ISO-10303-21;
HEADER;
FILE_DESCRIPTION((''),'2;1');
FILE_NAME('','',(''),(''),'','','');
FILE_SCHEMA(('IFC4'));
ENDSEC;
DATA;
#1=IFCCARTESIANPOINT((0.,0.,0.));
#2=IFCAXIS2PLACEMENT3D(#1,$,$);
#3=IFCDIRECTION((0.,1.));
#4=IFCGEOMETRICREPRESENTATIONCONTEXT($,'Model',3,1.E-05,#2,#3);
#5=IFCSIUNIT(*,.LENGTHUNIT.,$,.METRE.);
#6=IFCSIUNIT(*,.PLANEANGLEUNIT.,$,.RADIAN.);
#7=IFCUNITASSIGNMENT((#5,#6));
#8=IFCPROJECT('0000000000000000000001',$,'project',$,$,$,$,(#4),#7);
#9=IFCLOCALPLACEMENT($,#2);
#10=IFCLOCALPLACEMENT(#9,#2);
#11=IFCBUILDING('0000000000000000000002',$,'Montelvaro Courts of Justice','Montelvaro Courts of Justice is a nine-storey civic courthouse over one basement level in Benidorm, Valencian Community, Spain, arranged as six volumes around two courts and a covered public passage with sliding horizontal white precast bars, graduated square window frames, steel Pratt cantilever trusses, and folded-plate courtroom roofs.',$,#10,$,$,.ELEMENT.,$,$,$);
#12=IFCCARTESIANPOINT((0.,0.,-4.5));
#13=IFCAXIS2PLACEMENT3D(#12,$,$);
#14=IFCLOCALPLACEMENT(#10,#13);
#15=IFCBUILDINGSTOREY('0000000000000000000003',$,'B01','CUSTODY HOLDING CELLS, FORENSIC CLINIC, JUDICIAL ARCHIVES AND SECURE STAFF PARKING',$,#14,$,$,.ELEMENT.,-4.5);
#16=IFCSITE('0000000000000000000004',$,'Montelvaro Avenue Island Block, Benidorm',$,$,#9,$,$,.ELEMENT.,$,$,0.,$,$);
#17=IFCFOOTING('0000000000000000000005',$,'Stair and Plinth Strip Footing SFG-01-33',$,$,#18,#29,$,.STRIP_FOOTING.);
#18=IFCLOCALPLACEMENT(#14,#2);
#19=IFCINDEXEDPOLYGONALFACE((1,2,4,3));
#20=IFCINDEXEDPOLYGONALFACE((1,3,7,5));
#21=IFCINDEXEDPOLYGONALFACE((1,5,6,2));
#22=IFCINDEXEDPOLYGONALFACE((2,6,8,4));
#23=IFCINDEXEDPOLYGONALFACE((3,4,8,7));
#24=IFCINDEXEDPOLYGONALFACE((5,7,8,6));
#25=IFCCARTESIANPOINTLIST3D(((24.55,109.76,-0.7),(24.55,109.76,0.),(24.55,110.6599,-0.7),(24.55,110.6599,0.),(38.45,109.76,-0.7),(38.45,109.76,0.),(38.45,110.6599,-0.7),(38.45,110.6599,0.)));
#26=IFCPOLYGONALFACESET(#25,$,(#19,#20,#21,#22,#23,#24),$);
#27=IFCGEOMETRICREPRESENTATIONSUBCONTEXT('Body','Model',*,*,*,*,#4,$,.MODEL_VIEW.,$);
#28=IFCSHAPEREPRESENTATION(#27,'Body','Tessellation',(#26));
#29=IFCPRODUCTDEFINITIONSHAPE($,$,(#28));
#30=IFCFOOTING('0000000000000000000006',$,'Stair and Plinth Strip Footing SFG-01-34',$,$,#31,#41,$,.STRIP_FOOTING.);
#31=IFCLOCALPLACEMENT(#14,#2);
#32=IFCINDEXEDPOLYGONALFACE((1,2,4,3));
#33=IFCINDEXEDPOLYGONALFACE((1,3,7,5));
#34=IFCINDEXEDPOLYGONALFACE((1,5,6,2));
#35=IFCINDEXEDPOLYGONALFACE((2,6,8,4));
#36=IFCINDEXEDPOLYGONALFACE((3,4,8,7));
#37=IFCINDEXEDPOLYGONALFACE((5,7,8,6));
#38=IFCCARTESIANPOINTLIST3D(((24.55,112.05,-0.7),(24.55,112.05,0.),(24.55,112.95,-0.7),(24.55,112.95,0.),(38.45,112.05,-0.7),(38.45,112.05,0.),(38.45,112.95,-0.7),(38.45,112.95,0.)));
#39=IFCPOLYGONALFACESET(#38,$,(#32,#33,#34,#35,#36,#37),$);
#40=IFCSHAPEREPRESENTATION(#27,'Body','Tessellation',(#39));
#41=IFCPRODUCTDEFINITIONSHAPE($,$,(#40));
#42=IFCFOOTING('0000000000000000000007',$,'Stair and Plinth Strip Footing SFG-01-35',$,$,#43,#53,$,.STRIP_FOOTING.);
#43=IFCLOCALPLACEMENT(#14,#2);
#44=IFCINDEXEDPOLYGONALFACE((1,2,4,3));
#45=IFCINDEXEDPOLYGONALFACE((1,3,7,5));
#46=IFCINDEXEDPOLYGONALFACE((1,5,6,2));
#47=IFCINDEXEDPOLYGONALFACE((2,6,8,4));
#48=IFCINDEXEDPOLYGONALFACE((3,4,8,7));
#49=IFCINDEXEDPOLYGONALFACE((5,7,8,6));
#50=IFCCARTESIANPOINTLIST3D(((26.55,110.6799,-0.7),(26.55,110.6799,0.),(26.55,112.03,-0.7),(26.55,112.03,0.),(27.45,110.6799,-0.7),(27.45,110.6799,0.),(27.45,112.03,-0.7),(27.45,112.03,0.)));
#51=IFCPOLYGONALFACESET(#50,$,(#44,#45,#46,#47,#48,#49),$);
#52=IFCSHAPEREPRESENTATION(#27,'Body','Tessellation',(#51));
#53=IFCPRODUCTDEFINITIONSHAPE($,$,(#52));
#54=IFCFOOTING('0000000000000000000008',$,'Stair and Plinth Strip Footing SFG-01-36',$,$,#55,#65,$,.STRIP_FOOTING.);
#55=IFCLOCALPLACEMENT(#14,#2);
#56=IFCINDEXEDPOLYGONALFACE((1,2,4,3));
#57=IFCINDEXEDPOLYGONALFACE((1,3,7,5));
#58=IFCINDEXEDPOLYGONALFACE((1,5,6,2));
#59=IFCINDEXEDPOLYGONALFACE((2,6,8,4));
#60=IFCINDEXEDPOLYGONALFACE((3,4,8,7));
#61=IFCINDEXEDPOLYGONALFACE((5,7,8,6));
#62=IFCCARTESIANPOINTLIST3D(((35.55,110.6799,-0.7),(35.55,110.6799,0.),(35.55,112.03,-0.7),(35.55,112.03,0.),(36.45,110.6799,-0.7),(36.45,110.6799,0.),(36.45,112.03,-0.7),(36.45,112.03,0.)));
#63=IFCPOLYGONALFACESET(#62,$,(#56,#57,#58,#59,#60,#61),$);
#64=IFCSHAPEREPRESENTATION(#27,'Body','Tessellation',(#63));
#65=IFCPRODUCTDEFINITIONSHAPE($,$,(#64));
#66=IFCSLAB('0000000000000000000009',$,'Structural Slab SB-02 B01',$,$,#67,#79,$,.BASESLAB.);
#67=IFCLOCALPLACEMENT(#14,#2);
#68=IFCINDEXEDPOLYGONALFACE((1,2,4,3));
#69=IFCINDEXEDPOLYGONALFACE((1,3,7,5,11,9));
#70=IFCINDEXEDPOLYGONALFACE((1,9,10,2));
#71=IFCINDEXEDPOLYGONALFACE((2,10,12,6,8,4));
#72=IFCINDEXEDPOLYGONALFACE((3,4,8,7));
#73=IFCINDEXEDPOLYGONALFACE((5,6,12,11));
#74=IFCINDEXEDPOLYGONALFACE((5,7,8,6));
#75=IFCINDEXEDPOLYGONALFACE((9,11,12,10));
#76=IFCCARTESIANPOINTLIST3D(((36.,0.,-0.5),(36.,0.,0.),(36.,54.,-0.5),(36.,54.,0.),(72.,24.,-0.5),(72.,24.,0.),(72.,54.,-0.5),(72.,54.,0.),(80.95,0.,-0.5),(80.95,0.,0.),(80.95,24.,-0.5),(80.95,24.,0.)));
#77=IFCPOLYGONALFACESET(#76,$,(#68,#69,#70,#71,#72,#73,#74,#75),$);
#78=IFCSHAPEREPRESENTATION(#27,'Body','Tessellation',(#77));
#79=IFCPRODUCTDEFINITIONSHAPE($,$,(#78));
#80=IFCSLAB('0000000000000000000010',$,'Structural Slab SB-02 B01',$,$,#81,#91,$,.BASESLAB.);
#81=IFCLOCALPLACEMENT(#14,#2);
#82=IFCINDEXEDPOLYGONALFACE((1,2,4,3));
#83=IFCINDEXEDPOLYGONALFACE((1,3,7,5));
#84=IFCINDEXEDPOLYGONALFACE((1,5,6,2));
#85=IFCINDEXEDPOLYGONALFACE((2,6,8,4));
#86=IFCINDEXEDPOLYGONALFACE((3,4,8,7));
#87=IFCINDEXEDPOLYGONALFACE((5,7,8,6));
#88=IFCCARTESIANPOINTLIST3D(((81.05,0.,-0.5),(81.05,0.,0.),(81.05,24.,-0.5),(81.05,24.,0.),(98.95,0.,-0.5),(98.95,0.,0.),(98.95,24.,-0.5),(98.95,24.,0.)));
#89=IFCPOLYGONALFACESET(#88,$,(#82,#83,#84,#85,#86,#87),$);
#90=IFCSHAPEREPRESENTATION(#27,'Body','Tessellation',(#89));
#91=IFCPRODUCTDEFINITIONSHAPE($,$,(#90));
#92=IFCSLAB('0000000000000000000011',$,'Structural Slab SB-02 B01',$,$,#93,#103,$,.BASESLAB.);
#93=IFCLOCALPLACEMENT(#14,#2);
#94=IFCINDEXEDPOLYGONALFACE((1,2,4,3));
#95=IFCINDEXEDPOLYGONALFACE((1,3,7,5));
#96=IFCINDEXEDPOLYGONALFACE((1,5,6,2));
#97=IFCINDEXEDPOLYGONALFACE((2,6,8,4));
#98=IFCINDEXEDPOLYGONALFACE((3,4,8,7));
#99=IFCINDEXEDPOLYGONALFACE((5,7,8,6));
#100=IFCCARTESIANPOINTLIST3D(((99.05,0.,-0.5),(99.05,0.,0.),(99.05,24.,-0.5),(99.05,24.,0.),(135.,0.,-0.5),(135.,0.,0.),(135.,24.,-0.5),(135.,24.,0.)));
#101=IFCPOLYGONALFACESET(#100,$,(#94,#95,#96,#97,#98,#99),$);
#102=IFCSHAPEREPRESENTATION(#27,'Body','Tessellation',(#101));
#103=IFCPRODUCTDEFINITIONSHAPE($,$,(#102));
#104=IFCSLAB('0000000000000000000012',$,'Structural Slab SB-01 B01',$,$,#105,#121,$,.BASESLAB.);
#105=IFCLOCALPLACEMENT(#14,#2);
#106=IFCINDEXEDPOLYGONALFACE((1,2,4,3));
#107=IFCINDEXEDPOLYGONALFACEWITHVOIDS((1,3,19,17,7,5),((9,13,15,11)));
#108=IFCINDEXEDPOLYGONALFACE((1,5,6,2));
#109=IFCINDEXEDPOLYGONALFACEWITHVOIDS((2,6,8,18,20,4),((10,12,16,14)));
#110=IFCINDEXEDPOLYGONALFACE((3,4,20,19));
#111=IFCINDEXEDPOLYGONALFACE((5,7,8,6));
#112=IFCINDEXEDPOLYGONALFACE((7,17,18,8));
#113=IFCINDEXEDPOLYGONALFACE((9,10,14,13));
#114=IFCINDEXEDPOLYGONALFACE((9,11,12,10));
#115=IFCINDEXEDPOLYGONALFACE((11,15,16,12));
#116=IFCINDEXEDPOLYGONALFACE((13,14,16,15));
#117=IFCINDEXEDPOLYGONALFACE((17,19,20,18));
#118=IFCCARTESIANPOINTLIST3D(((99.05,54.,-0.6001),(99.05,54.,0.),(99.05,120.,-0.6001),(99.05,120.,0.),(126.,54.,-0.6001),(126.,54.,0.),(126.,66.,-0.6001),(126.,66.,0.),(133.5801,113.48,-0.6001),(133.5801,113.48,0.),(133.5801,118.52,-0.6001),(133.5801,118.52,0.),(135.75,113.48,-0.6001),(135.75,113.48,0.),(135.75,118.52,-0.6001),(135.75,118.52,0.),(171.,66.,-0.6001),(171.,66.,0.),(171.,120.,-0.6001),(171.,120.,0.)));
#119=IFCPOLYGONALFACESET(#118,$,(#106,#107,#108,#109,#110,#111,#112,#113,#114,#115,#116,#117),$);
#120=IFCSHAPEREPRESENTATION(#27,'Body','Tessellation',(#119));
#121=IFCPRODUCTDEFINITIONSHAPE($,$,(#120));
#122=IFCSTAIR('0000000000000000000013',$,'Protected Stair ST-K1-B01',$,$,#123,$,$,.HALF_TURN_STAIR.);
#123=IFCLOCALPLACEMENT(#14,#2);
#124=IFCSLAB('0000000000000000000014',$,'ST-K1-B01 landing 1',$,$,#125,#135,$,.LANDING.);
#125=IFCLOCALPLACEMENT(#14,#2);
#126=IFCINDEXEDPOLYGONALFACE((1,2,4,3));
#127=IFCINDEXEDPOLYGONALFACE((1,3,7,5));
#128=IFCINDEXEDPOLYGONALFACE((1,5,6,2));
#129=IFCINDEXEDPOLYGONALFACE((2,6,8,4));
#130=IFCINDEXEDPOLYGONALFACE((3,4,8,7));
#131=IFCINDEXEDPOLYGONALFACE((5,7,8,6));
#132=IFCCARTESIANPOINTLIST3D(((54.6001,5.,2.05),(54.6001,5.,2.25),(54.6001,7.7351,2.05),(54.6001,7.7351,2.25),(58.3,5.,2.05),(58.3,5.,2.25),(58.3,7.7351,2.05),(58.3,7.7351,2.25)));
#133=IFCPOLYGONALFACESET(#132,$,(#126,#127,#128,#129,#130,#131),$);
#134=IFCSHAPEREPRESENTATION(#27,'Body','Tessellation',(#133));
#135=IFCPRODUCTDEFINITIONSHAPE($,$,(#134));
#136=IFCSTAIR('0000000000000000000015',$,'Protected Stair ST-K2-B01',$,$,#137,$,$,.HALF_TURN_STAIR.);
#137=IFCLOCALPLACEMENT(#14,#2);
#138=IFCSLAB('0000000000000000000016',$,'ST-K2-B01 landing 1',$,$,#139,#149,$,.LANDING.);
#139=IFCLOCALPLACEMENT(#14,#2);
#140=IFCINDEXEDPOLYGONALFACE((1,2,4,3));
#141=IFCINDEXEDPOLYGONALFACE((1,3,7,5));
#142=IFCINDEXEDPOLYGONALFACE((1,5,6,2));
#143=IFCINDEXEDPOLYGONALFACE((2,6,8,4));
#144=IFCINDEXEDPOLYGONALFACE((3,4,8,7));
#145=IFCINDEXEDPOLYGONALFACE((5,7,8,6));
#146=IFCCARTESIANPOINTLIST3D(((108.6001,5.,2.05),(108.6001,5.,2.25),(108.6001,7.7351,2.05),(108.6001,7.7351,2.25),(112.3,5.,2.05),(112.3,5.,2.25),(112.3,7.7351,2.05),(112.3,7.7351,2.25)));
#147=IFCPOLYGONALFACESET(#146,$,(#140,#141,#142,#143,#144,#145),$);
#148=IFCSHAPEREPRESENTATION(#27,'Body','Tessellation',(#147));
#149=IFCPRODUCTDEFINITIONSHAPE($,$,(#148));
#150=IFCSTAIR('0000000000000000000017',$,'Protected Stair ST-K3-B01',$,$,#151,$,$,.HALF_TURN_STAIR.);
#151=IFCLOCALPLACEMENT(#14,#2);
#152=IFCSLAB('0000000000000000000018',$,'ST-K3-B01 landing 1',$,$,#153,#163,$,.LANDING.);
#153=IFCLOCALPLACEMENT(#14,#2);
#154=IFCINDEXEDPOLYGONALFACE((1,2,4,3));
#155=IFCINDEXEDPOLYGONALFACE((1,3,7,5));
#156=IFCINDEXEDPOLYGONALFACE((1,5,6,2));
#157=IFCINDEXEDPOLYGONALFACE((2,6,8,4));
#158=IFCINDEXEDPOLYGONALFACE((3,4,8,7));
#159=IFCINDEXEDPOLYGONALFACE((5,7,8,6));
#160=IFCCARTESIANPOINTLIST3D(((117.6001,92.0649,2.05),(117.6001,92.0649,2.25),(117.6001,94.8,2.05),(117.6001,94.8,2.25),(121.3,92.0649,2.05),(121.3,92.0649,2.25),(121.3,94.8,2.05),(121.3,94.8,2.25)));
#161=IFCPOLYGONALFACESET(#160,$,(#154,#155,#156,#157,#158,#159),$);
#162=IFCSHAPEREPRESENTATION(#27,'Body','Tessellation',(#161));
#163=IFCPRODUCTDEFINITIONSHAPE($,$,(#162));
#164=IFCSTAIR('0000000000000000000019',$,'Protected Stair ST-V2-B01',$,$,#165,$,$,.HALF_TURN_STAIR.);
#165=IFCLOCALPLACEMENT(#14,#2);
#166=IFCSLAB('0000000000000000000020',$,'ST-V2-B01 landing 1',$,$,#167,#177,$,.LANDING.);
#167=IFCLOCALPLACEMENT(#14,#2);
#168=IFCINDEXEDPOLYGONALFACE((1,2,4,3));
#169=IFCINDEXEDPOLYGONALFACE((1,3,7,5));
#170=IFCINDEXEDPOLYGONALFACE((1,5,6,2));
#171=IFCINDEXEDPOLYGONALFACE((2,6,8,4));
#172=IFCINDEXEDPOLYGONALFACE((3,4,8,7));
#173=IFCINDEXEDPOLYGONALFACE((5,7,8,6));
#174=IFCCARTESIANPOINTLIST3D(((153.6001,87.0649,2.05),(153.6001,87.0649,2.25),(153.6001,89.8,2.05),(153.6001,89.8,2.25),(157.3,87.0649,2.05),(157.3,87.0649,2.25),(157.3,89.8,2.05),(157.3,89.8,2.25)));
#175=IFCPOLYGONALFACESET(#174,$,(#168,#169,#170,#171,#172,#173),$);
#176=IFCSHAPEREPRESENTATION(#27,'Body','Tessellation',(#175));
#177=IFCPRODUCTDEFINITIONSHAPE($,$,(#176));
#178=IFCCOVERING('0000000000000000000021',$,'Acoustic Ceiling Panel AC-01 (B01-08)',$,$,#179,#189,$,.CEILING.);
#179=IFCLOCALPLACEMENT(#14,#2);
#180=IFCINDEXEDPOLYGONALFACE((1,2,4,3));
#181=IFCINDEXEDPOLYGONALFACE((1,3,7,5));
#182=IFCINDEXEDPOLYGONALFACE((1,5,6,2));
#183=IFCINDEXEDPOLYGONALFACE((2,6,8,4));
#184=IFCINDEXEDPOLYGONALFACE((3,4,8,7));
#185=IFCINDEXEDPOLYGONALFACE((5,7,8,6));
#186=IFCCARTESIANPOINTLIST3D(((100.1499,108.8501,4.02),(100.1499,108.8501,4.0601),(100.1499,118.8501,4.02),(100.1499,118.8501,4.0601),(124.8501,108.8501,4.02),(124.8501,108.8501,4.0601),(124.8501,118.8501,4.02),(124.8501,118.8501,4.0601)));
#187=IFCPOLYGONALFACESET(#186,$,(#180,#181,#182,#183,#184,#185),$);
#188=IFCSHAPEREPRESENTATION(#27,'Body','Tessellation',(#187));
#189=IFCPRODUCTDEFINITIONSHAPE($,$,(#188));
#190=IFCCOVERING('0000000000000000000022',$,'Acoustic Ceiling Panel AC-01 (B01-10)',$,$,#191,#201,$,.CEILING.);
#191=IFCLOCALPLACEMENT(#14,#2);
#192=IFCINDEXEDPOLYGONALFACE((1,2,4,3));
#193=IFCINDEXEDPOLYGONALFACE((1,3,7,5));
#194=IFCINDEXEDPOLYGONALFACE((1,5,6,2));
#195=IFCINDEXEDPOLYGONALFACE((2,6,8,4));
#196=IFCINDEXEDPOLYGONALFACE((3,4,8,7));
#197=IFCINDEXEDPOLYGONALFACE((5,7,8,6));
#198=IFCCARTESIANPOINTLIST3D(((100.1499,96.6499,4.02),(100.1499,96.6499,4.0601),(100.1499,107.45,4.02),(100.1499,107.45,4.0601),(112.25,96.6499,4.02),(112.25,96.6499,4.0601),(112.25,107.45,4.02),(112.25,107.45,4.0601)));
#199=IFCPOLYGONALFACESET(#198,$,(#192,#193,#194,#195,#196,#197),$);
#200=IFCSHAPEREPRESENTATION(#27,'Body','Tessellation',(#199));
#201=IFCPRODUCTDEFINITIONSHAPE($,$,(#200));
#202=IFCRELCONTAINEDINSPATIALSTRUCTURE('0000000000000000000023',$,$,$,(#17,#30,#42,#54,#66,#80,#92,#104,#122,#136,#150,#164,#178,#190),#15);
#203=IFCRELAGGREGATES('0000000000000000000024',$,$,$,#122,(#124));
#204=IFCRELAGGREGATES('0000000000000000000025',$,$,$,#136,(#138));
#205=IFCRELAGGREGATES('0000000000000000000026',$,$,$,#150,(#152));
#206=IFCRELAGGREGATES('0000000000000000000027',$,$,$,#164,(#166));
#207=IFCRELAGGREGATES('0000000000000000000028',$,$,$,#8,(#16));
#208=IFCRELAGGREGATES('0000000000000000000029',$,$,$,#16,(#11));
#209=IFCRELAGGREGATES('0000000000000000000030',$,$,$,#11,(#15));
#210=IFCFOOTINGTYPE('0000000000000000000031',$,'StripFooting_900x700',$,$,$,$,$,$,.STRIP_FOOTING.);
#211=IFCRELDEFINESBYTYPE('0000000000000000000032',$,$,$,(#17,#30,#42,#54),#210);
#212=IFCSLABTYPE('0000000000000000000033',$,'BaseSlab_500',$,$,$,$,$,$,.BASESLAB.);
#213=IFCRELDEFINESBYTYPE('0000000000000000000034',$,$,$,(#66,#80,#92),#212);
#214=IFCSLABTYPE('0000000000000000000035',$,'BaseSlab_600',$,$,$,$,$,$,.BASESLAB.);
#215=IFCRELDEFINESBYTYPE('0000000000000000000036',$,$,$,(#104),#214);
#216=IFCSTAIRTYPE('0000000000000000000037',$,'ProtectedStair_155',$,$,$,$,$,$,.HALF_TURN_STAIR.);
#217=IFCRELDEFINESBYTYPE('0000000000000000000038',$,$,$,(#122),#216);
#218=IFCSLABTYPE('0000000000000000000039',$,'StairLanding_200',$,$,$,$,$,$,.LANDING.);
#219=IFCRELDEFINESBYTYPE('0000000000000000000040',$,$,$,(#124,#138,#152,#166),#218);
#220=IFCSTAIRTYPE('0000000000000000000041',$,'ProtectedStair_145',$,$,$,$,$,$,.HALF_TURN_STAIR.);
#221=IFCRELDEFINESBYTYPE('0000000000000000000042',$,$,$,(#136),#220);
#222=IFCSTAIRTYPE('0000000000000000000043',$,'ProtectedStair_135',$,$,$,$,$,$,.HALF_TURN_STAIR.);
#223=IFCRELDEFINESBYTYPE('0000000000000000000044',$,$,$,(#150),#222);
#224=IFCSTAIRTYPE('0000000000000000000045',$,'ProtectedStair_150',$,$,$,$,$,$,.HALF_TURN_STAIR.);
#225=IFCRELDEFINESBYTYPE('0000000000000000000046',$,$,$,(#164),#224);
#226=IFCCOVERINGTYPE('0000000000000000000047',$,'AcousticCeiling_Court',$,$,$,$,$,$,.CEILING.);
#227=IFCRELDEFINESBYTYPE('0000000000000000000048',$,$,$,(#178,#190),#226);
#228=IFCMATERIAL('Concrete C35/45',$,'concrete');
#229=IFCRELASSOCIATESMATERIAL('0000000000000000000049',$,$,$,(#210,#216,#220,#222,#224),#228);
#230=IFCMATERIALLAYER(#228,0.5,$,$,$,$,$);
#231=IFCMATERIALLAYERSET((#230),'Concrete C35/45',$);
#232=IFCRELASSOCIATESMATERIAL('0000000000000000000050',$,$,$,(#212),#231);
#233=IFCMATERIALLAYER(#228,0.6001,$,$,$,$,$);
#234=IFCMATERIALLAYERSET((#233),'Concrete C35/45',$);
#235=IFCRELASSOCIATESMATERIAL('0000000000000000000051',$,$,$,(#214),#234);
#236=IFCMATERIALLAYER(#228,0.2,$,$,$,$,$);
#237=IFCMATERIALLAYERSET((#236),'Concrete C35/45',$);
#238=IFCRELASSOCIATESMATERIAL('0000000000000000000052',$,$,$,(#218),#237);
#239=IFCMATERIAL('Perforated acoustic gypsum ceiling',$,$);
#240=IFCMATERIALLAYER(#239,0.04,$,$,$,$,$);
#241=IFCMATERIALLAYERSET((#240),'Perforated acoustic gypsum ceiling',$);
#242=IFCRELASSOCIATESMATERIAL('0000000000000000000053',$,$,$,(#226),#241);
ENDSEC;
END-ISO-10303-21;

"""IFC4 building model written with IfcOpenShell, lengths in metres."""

from ifc_helpers import new_model, si_unit, direction, frame, origin, place, context, subcontext, project, spatial, polyline, outline, extrude, material, layer, layer_set, type_object, element, aggregate, save


model = new_model("IFC4")

# Units and contexts
model_context = context("Model", 3, precision=1e-05, world=origin(), true_north=direction((0.0, 1.0)))
body_context = subcontext(model_context, "Body", "Model", "MODEL_VIEW")
ifc_project = project(units=[si_unit("LENGTHUNIT", "METRE"), si_unit("PLANEANGLEUNIT", "RADIAN")], contexts=[model_context])

# Site, building, storey
site_placement = place(None, origin())
site = spatial("IfcSite", under=ifc_project, at=site_placement, Name="Montelvaro Avenue Island Block, Benidorm", CompositionType="ELEMENT", RefElevation=0.0)
building_placement = place(site_placement, origin())
building = spatial("IfcBuilding", under=site, at=building_placement, Name="Montelvaro Courts of Justice", Description="Montelvaro Courts of Justice is a nine-storey civic courthouse over one basement level in Benidorm, Valencian Community, Spain, arranged as six volumes around two courts and a covered public passage with sliding horizontal white precast bars, graduated square window frames, steel Pratt cantilever trusses, and folded-plate courtroom roofs.", CompositionType="ELEMENT")
storey_placement = place(building_placement, frame((0.0, 0.0, -4.5)))
storey = spatial("IfcBuildingStorey", under=building, at=storey_placement, Name="B01", Description="CUSTODY HOLDING CELLS, FORENSIC CLINIC, JUDICIAL ARCHIVES AND SECURE STAFF PARKING", CompositionType="ELEMENT", Elevation=-4.5)

# Footings
ifc_material_1 = material(Name="Concrete C35/45", Category="concrete")
footing_type = type_object("IfcFootingType", Name="StripFooting_900x700", PredefinedType="STRIP_FOOTING", material=ifc_material_1)
footing_1_placement = place(storey_placement, frame((0.0, 0.0, -0.7)))
element("IfcFooting", 1, at=footing_1_placement, inside=storey, type_object=footing_type, Name="Stair and Plinth Strip Footing SFG-01-33", PredefinedType="STRIP_FOOTING", context=body_context, shape_type="SweptSolid", body=[
    extrude(outline(polyline([(24.55, 109.76), (38.45, 109.76), (38.45, 110.6599), (24.55, 110.6599), (24.55, 109.76)])), origin(), (0.0, 0.0, 1.0), 0.7),
])
footing_2_placement = place(storey_placement, frame((0.0, 0.0, -0.7)))
element("IfcFooting", 2, at=footing_2_placement, inside=storey, type_object=footing_type, Name="Stair and Plinth Strip Footing SFG-01-34", PredefinedType="STRIP_FOOTING", context=body_context, shape_type="SweptSolid", body=[
    extrude(outline(polyline([(24.55, 112.05), (38.45, 112.05), (38.45, 112.95), (24.55, 112.95), (24.55, 112.05)])), origin(), (0.0, 0.0, 1.0), 0.7),
])
footing_3_placement = place(storey_placement, frame((0.0, 0.0, -0.7)))
element("IfcFooting", 3, at=footing_3_placement, inside=storey, type_object=footing_type, Name="Stair and Plinth Strip Footing SFG-01-35", PredefinedType="STRIP_FOOTING", context=body_context, shape_type="SweptSolid", body=[
    extrude(outline(polyline([(26.55, 110.6799), (27.45, 110.6799), (27.45, 112.03), (26.55, 112.03), (26.55, 110.6799)])), origin(), (0.0, 0.0, 1.0), 0.7),
])
footing_4_placement = place(storey_placement, frame((0.0, 0.0, -0.7)))
element("IfcFooting", 4, at=footing_4_placement, inside=storey, type_object=footing_type, Name="Stair and Plinth Strip Footing SFG-01-36", PredefinedType="STRIP_FOOTING", context=body_context, shape_type="SweptSolid", body=[
    extrude(outline(polyline([(35.55, 110.6799), (36.45, 110.6799), (36.45, 112.03), (35.55, 112.03), (35.55, 110.6799)])), origin(), (0.0, 0.0, 1.0), 0.7),
])

# Slabs
ifc_layer_1 = layer(ifc_material_1, 0.5)
ifc_layer_set_1 = layer_set([ifc_layer_1], Name="Concrete C35/45")
slab_type_1 = type_object("IfcSlabType", Name="BaseSlab_500", PredefinedType="BASESLAB", material=ifc_layer_set_1)
slab_1_placement = place(storey_placement, frame((0.0, 0.0, -0.5)))
element("IfcSlab", 5, at=slab_1_placement, inside=storey, type_object=slab_type_1, Name="Structural Slab SB-02 B01", PredefinedType="BASESLAB", context=body_context, shape_type="SweptSolid", body=[
    extrude(outline(polyline([(36.0, 0.0), (80.95, 0.0), (80.95, 24.0), (72.0, 24.0), (72.0, 54.0), (36.0, 54.0), (36.0, 0.0)])), origin(), (0.0, 0.0, 1.0), 0.5),
])
slab_2_placement = place(storey_placement, frame((0.0, 0.0, -0.5)))
element("IfcSlab", 6, at=slab_2_placement, inside=storey, type_object=slab_type_1, Name="Structural Slab SB-02 B01", PredefinedType="BASESLAB", context=body_context, shape_type="SweptSolid", body=[
    extrude(outline(polyline([(81.05, 0.0), (98.95, 0.0), (98.95, 24.0), (81.05, 24.0), (81.05, 0.0)])), origin(), (0.0, 0.0, 1.0), 0.5),
])
slab_3_placement = place(storey_placement, frame((0.0, 0.0, -0.5)))
element("IfcSlab", 7, at=slab_3_placement, inside=storey, type_object=slab_type_1, Name="Structural Slab SB-02 B01", PredefinedType="BASESLAB", context=body_context, shape_type="SweptSolid", body=[
    extrude(outline(polyline([(99.05, 0.0), (135.0, 0.0), (135.0, 24.0), (99.05, 24.0), (99.05, 0.0)])), origin(), (0.0, 0.0, 1.0), 0.5),
])
ifc_layer_2 = layer(ifc_material_1, 0.6001)
ifc_layer_set_2 = layer_set([ifc_layer_2], Name="Concrete C35/45")
slab_type_2 = type_object("IfcSlabType", Name="BaseSlab_600", PredefinedType="BASESLAB", material=ifc_layer_set_2)
slab_4_placement = place(storey_placement, frame((0.0, 0.0, -0.6001)))
element("IfcSlab", 8, at=slab_4_placement, inside=storey, type_object=slab_type_2, Name="Structural Slab SB-01 B01", PredefinedType="BASESLAB", context=body_context, shape_type="SweptSolid", body=[
    extrude(outline(polyline([(99.05, 54.0), (126.0, 54.0), (126.0, 66.0), (171.0, 66.0), (171.0, 120.0), (99.05, 120.0), (99.05, 54.0)]), holes=[polyline([(133.5801, 113.48), (135.75, 113.48), (135.75, 118.52), (133.5801, 118.52), (133.5801, 113.48)])]), origin(), (0.0, 0.0, 1.0), 0.6001),
])

# Stairs, slabs
stair_type_1 = type_object("IfcStairType", Name="ProtectedStair_155", PredefinedType="HALF_TURN_STAIR", material=ifc_material_1)
stair_1_placement = place(storey_placement, origin())
stair_1 = element("IfcStair", 9, at=stair_1_placement, inside=storey, type_object=stair_type_1, Name="Protected Stair ST-K1-B01", PredefinedType="HALF_TURN_STAIR")
ifc_layer_3 = layer(ifc_material_1, 0.2)
ifc_layer_set_3 = layer_set([ifc_layer_3], Name="Concrete C35/45")
slab_type_3 = type_object("IfcSlabType", Name="StairLanding_200", PredefinedType="LANDING", material=ifc_layer_set_3)
slab_5_placement = place(storey_placement, frame((0.0, 0.0, 2.05)))
slab_5 = element("IfcSlab", 10, at=slab_5_placement, type_object=slab_type_3, Name="ST-K1-B01 landing 1", PredefinedType="LANDING", context=body_context, shape_type="SweptSolid", body=[
    extrude(outline(polyline([(54.6001, 5.0), (58.3, 5.0), (58.3, 7.7351), (54.6001, 7.7351), (54.6001, 5.0)])), origin(), (0.0, 0.0, 1.0), 0.2),
])
aggregate(stair_1, [slab_5])
stair_type_2 = type_object("IfcStairType", Name="ProtectedStair_145", PredefinedType="HALF_TURN_STAIR", material=ifc_material_1)
stair_2_placement = place(storey_placement, origin())
stair_2 = element("IfcStair", 11, at=stair_2_placement, inside=storey, type_object=stair_type_2, Name="Protected Stair ST-K2-B01", PredefinedType="HALF_TURN_STAIR")
slab_6_placement = place(storey_placement, frame((0.0, 0.0, 2.05)))
slab_6 = element("IfcSlab", 12, at=slab_6_placement, type_object=slab_type_3, Name="ST-K2-B01 landing 1", PredefinedType="LANDING", context=body_context, shape_type="SweptSolid", body=[
    extrude(outline(polyline([(108.6001, 5.0), (112.3, 5.0), (112.3, 7.7351), (108.6001, 7.7351), (108.6001, 5.0)])), origin(), (0.0, 0.0, 1.0), 0.2),
])
aggregate(stair_2, [slab_6])
stair_type_3 = type_object("IfcStairType", Name="ProtectedStair_135", PredefinedType="HALF_TURN_STAIR", material=ifc_material_1)
stair_3_placement = place(storey_placement, origin())
stair_3 = element("IfcStair", 13, at=stair_3_placement, inside=storey, type_object=stair_type_3, Name="Protected Stair ST-K3-B01", PredefinedType="HALF_TURN_STAIR")
slab_7_placement = place(storey_placement, frame((0.0, 0.0, 2.05)))
slab_7 = element("IfcSlab", 14, at=slab_7_placement, type_object=slab_type_3, Name="ST-K3-B01 landing 1", PredefinedType="LANDING", context=body_context, shape_type="SweptSolid", body=[
    extrude(outline(polyline([(117.6001, 92.0649), (121.3, 92.0649), (121.3, 94.8), (117.6001, 94.8), (117.6001, 92.0649)])), origin(), (0.0, 0.0, 1.0), 0.2),
])
aggregate(stair_3, [slab_7])
stair_type_4 = type_object("IfcStairType", Name="ProtectedStair_150", PredefinedType="HALF_TURN_STAIR", material=ifc_material_1)
stair_4_placement = place(storey_placement, origin())
stair_4 = element("IfcStair", 15, at=stair_4_placement, inside=storey, type_object=stair_type_4, Name="Protected Stair ST-V2-B01", PredefinedType="HALF_TURN_STAIR")
slab_8_placement = place(storey_placement, frame((0.0, 0.0, 2.05)))
slab_8 = element("IfcSlab", 16, at=slab_8_placement, type_object=slab_type_3, Name="ST-V2-B01 landing 1", PredefinedType="LANDING", context=body_context, shape_type="SweptSolid", body=[
    extrude(outline(polyline([(153.6001, 87.0649), (157.3, 87.0649), (157.3, 89.8), (153.6001, 89.8), (153.6001, 87.0649)])), origin(), (0.0, 0.0, 1.0), 0.2),
])
aggregate(stair_4, [slab_8])

# Coverings
ifc_material_2 = material(Name="Perforated acoustic gypsum ceiling")
ifc_layer_4 = layer(ifc_material_2, 0.04)
ifc_layer_set_4 = layer_set([ifc_layer_4], Name="Perforated acoustic gypsum ceiling")
covering_type = type_object("IfcCoveringType", Name="AcousticCeiling_Court", PredefinedType="CEILING", material=ifc_layer_set_4)
covering_1_placement = place(storey_placement, frame((0.0, 0.0, 4.02)))
element("IfcCovering", 17, at=covering_1_placement, inside=storey, type_object=covering_type, Name="Acoustic Ceiling Panel AC-01 (B01-08)", PredefinedType="CEILING", context=body_context, shape_type="SweptSolid", body=[
    extrude(outline(polyline([(100.1499, 108.8501), (100.1499, 118.8501), (124.8501, 118.8501), (124.8501, 108.8501), (100.1499, 108.8501)])), origin(), (0.0, 0.0, 1.0), 0.04),
])
covering_2_placement = place(storey_placement, frame((0.0, 0.0, 4.02)))
element("IfcCovering", 18, at=covering_2_placement, inside=storey, type_object=covering_type, Name="Acoustic Ceiling Panel AC-01 (B01-10)", PredefinedType="CEILING", context=body_context, shape_type="SweptSolid", body=[
    extrude(outline(polyline([(112.25, 107.45), (112.25, 96.6499), (100.1499, 96.6499), (100.1499, 107.45), (112.25, 107.45)])), origin(), (0.0, 0.0, 1.0), 0.04),
])

save(model, "model.ifc")
